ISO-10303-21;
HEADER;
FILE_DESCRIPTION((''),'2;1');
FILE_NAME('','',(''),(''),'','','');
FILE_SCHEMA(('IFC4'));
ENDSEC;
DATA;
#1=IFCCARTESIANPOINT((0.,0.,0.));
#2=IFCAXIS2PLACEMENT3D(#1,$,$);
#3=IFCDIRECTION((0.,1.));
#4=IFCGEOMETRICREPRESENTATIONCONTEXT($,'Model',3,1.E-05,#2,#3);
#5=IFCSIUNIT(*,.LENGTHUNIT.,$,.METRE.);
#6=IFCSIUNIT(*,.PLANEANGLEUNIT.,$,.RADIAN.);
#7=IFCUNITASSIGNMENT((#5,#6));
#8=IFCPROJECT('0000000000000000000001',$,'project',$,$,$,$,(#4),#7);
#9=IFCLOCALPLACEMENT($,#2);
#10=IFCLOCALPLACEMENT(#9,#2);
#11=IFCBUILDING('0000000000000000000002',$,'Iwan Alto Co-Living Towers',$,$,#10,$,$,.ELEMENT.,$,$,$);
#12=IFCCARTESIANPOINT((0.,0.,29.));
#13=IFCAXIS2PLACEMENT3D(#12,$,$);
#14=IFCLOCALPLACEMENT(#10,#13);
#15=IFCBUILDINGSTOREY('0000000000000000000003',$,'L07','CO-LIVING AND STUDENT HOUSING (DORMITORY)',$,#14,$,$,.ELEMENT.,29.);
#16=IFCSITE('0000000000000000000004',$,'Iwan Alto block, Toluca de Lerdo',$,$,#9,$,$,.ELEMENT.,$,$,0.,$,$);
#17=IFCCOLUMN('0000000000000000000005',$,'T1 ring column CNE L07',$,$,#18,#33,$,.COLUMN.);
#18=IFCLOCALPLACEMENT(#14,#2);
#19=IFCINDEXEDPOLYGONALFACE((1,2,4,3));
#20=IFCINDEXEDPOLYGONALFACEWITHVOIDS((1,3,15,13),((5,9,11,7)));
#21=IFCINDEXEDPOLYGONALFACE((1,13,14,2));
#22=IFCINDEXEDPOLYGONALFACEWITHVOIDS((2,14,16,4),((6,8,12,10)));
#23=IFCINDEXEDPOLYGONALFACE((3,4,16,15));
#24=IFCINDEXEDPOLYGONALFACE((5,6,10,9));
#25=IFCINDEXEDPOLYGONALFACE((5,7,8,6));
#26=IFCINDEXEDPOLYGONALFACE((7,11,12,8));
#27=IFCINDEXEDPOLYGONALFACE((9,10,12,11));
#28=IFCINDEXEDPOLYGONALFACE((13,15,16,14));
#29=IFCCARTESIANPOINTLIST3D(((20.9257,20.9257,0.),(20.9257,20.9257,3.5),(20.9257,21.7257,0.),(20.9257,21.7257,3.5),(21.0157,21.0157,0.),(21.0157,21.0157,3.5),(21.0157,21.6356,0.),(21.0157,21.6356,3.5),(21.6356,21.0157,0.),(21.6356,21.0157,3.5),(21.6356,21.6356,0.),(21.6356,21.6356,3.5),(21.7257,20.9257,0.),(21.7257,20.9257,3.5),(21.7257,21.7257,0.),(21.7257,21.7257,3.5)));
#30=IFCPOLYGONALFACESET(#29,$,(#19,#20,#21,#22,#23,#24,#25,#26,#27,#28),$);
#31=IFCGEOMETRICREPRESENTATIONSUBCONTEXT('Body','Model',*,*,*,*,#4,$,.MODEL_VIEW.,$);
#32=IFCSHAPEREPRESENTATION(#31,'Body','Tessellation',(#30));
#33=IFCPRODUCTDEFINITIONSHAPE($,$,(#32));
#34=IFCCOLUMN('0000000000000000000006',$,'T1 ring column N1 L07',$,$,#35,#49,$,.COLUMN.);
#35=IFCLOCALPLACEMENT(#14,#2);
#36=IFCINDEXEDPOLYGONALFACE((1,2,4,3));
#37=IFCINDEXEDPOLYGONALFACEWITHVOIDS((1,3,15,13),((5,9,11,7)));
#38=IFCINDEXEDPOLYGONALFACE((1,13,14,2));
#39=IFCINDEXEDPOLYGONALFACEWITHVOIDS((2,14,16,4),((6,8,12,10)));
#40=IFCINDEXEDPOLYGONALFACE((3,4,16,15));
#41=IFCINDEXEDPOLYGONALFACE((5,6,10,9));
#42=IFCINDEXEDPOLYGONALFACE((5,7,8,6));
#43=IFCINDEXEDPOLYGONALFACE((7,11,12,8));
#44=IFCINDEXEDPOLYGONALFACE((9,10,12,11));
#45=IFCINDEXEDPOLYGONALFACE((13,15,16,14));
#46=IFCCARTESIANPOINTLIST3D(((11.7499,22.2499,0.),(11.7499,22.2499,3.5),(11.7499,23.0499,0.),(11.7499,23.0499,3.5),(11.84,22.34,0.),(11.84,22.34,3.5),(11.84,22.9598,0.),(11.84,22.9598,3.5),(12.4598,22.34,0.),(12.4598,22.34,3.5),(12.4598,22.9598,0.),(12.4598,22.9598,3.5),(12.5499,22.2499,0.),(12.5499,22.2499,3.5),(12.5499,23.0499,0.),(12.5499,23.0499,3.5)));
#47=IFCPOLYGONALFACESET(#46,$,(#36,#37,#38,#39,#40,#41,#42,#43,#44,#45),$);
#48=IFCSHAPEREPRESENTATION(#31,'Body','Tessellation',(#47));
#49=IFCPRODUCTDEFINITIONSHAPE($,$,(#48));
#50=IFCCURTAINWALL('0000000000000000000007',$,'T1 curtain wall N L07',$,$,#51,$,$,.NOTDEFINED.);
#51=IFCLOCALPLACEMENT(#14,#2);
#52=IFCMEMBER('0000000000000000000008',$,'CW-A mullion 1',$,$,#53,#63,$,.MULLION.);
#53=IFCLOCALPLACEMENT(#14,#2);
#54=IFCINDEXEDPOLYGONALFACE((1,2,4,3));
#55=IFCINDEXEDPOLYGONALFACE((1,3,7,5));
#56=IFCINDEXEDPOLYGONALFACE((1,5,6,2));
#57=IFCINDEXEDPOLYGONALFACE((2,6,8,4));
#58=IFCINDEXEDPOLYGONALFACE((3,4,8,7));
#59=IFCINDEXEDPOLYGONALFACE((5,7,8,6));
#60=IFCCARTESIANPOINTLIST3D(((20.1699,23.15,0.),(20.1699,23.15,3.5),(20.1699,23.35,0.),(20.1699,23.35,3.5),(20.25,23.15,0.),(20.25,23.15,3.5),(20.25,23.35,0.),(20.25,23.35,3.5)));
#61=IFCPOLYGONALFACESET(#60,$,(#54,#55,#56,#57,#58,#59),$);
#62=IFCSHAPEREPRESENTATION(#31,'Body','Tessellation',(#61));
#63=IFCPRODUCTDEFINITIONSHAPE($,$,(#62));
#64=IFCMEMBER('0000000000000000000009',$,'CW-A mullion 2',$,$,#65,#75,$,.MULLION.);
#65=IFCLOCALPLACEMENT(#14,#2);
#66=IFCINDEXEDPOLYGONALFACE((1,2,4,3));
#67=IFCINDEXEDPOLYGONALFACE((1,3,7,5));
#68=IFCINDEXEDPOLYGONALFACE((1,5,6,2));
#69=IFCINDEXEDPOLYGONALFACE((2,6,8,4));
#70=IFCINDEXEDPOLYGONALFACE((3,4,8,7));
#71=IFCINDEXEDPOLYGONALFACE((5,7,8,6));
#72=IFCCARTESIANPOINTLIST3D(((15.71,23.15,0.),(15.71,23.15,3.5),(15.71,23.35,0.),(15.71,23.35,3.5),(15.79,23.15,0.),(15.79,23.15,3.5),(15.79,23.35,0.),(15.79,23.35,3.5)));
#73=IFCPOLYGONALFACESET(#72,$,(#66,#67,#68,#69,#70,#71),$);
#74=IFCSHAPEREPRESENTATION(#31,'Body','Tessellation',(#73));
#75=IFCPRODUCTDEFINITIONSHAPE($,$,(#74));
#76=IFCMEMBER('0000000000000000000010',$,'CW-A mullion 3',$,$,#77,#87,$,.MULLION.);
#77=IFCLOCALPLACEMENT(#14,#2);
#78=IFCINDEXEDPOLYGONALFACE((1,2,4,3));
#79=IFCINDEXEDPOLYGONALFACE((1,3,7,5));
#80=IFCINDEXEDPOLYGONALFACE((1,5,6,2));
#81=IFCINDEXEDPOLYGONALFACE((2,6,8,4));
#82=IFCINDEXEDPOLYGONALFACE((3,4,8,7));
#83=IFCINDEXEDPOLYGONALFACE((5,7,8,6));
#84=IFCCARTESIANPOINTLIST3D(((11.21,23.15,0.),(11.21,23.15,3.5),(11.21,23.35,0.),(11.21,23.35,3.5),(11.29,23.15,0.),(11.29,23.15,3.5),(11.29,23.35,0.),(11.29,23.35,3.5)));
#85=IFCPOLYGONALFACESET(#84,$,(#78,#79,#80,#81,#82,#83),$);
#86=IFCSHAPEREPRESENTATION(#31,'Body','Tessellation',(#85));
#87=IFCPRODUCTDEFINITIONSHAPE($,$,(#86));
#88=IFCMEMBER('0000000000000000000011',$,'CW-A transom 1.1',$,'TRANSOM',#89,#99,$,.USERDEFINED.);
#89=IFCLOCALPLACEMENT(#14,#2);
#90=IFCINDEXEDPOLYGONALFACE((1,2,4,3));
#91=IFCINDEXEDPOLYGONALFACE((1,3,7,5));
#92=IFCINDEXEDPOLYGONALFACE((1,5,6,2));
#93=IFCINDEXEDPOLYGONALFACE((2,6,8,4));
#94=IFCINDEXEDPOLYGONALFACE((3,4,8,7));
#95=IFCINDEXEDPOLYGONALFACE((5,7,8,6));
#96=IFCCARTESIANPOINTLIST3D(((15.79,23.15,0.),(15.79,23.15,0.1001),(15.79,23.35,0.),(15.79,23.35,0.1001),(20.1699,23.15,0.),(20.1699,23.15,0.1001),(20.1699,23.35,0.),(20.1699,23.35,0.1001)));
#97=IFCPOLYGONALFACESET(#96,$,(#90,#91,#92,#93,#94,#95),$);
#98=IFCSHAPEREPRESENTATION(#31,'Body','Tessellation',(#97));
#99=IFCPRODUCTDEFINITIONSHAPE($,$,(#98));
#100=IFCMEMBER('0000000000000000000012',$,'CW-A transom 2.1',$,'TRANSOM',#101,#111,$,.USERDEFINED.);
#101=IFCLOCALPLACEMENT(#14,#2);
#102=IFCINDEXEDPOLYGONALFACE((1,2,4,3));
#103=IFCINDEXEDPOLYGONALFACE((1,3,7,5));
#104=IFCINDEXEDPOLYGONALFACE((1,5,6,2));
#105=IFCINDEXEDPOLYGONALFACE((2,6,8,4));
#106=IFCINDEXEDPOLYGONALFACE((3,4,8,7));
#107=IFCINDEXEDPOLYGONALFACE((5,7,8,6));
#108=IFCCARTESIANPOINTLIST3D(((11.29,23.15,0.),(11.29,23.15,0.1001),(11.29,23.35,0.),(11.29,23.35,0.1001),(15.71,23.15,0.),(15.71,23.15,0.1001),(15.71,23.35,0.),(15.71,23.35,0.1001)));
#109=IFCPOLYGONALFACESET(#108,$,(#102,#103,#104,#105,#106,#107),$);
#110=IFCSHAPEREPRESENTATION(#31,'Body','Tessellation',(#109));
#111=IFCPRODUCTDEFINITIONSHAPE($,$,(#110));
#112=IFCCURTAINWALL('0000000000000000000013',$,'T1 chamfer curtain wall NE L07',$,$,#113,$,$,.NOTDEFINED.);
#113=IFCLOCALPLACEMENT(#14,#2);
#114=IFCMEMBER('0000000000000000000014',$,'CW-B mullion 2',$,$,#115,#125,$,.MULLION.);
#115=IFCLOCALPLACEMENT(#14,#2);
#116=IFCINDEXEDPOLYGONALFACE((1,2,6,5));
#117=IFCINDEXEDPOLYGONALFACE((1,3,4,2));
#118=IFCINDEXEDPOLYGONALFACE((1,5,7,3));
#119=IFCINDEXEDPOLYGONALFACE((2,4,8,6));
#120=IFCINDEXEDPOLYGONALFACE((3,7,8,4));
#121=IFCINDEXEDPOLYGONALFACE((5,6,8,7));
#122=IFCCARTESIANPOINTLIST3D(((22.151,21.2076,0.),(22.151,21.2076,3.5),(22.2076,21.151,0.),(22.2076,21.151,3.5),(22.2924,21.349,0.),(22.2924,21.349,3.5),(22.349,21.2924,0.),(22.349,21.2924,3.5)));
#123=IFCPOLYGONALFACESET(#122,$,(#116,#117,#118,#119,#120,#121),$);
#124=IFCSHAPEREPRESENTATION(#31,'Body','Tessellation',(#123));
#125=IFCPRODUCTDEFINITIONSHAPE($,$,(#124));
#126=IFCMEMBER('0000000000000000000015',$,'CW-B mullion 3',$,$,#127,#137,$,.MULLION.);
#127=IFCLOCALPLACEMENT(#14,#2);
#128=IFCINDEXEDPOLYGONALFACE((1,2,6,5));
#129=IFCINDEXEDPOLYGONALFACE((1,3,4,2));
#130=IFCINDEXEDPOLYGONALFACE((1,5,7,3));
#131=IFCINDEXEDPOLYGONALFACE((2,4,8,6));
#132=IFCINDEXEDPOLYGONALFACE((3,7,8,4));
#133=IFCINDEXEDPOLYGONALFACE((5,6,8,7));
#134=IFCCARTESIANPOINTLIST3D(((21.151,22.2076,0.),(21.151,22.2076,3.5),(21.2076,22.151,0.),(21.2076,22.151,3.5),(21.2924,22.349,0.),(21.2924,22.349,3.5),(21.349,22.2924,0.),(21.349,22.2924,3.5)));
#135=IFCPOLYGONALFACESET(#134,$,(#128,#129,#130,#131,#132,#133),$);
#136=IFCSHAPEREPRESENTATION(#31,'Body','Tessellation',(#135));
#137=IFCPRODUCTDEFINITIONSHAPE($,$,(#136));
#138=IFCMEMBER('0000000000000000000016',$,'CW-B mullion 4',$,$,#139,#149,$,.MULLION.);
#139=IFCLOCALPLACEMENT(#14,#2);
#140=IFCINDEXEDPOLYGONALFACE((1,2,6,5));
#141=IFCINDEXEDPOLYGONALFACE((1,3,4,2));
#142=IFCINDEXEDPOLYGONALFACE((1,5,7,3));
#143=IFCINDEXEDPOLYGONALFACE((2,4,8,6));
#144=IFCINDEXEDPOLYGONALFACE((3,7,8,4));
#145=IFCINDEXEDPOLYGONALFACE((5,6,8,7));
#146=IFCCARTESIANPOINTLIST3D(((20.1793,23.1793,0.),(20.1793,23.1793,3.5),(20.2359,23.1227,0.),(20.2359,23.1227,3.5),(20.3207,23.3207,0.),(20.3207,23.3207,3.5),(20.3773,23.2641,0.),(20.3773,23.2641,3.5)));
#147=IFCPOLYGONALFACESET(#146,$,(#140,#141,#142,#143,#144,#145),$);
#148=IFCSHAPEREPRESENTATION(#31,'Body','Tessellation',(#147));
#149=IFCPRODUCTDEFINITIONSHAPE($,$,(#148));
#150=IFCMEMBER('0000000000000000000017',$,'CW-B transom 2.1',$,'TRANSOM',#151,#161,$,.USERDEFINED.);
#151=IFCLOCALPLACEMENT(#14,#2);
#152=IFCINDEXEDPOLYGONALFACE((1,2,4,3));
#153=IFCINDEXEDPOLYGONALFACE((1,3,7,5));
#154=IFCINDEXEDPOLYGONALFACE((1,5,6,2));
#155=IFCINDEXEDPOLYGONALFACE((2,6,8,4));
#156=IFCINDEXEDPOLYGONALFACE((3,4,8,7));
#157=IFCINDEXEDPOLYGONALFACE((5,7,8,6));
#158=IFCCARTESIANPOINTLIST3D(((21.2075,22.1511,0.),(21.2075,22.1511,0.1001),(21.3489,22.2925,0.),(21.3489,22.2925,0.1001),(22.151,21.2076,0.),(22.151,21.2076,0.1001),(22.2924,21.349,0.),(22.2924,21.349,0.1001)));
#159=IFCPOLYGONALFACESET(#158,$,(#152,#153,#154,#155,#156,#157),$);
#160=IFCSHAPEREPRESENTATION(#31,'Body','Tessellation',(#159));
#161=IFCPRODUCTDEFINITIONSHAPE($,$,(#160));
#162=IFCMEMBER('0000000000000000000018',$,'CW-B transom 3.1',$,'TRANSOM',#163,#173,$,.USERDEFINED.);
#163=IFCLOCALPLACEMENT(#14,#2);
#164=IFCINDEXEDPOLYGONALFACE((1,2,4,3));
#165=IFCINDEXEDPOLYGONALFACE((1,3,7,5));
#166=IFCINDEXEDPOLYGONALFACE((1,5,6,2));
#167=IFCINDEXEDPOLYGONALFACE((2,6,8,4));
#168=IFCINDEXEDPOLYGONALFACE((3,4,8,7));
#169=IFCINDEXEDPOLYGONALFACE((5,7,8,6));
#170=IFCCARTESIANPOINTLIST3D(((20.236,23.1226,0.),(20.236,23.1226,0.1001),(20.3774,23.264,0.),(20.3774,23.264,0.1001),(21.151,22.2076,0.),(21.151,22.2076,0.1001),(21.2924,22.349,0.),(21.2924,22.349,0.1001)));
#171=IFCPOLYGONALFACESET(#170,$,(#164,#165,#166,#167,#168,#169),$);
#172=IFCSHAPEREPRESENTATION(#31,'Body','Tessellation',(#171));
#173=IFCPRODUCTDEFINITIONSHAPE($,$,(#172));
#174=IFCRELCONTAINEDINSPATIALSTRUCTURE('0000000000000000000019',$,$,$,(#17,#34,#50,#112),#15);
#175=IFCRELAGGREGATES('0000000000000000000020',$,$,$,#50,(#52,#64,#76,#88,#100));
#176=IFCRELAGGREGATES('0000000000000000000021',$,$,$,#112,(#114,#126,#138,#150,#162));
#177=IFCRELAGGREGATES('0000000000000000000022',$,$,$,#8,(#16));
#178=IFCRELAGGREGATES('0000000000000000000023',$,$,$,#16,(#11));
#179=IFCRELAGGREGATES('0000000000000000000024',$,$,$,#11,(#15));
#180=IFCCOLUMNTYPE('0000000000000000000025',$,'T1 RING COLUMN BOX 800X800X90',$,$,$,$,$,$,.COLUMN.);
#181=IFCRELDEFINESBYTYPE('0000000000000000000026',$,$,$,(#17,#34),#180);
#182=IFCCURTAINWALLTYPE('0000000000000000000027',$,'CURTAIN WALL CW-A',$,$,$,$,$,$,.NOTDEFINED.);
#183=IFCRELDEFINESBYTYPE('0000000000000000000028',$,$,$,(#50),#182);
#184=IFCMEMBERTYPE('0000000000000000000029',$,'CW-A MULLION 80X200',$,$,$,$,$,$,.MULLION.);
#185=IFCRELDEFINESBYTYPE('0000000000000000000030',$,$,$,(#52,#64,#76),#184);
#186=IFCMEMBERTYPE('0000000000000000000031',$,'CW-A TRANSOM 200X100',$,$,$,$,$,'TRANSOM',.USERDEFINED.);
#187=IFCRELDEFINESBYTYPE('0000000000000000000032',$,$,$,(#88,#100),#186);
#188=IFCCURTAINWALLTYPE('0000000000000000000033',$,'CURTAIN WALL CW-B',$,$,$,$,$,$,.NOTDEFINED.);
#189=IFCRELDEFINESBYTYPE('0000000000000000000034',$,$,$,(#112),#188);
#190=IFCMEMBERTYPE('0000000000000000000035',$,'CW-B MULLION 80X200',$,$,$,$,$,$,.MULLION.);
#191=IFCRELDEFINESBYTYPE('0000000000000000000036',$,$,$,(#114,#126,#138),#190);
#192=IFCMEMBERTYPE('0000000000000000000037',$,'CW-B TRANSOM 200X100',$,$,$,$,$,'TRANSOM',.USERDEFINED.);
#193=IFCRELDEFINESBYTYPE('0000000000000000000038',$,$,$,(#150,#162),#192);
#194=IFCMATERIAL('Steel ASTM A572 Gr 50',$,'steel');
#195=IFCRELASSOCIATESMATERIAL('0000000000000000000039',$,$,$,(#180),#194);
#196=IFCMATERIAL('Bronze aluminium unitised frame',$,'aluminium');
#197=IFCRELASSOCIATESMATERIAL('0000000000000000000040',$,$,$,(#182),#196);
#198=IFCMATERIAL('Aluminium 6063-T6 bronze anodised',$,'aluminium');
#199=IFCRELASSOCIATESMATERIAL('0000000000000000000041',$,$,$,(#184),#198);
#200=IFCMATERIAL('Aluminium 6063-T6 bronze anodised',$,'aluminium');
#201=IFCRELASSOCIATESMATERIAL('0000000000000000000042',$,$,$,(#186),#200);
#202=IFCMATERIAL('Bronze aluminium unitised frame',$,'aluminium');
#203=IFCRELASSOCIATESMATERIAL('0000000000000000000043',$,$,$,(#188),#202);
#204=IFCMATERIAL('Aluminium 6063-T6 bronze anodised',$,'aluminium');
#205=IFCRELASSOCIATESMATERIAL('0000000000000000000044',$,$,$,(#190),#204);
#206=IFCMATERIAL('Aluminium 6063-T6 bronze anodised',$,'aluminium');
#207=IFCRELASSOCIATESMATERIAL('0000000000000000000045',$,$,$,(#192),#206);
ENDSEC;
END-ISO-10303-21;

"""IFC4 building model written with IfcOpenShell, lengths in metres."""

from ifc_helpers import new_model, si_unit, direction, frame, origin, origin_2d, place, context, subcontext, project, spatial, rectangle, hollow_rectangle, extrude, material, material_profile, profile_set, type_object, element, aggregate, save


model = new_model("IFC4")

# Units and contexts
model_context = context("Model", 3, precision=1e-05, world=origin(), true_north=direction((0.0, 1.0)))
body_context = subcontext(model_context, "Body", "Model", "MODEL_VIEW")
ifc_project = project(units=[si_unit("LENGTHUNIT", "METRE"), si_unit("PLANEANGLEUNIT", "RADIAN")], contexts=[model_context])

# Site, building, storey
site_placement = place(None, origin())
site = spatial("IfcSite", under=ifc_project, at=site_placement, Name="Iwan Alto block, Toluca de Lerdo", CompositionType="ELEMENT", RefElevation=0.0)
building_placement = place(site_placement, origin())
building = spatial("IfcBuilding", under=site, at=building_placement, Name="Iwan Alto Co-Living Towers", CompositionType="ELEMENT")
storey_placement = place(building_placement, frame((0.0, 0.0, 29.0)))
storey = spatial("IfcBuildingStorey", under=building, at=storey_placement, Name="L07", Description="CO-LIVING AND STUDENT HOUSING (DORMITORY)", CompositionType="ELEMENT", Elevation=29.0)

# Columns
ifc_material_1 = material(Name="Steel ASTM A572 Gr 50", Category="steel")
ifc_material_profile_1 = material_profile(ifc_material_1, hollow_rectangle(XDim=0.8, YDim=0.8, WallThickness=0.0901, at=origin_2d()), Name="BOX 800X800X90")
ifc_profile_set_1 = profile_set([ifc_material_profile_1], Name="Steel ASTM A572 Gr 50")
column_type = type_object("IfcColumnType", Name="T1 RING COLUMN BOX 800X800X90", PredefinedType="COLUMN", material=ifc_profile_set_1)
for number, where, z_axis, x_axis, name in (
    (1, (21.3257, 21.3257, 0.0), (0.0, 0.0, 1.0), (1.0, 0.0, 0.0), "T1 ring column CNE L07"),
    (2, (12.1499, 22.6499, 0.0), (0.0, 0.0, 1.0), (1.0, 0.0, 0.0), "T1 ring column N1 L07"),
):
    element("IfcColumn", number, at=place(storey_placement, frame(where, z_axis=z_axis, x_axis=x_axis)), inside=storey, type_object=column_type, Name=name, PredefinedType="COLUMN", context=body_context, shape_type="SweptSolid", body=[
        extrude(hollow_rectangle(XDim=0.8, YDim=0.8, WallThickness=0.0901, at=origin_2d()), origin(), (0.0, 0.0, 1.0), 3.5),
    ])

# Curtain walls, members
ifc_material_2 = material(Name="Bronze aluminium unitised frame", Category="aluminium")
curtain_wall_type_1 = type_object("IfcCurtainWallType", Name="CURTAIN WALL CW-A", PredefinedType="NOTDEFINED", material=ifc_material_2)
curtain_wall_1_placement = place(storey_placement, origin())
curtain_wall_1 = element("IfcCurtainWall", 3, at=curtain_wall_1_placement, inside=storey, type_object=curtain_wall_type_1, Name="T1 curtain wall N L07", PredefinedType="NOTDEFINED")
ifc_material_3 = material(Name="Aluminium 6063-T6 bronze anodised", Category="aluminium")
ifc_material_profile_2 = material_profile(ifc_material_3, rectangle(XDim=0.2, YDim=0.0801, at=origin_2d()), Name="AL 80X200")
ifc_profile_set_2 = profile_set([ifc_material_profile_2], Name="Aluminium 6063-T6 bronze anodised")
member_type_1 = type_object("IfcMemberType", Name="CW-A MULLION 80X200", PredefinedType="MULLION", material=ifc_profile_set_2)
member_1_placement = place(storey_placement, frame((20.21, 23.25, 0.0), z_axis=(0.0, 0.0, 1.0), x_axis=(0.0, -1.0, 0.0)))
member_1 = element("IfcMember", 4, at=member_1_placement, type_object=member_type_1, Name="CW-A mullion 1", PredefinedType="MULLION", context=body_context, shape_type="SweptSolid", body=[
    extrude(rectangle(XDim=0.2, YDim=0.0801, at=origin_2d()), origin(), (0.0, 0.0, 1.0), 3.5),
])
member_2_placement = place(storey_placement, frame((15.75, 23.25, 0.0), z_axis=(0.0, 0.0, 1.0), x_axis=(0.0, -1.0, 0.0)))
member_2 = element("IfcMember", 5, at=member_2_placement, type_object=member_type_1, Name="CW-A mullion 2", PredefinedType="MULLION", context=body_context, shape_type="SweptSolid", body=[
    extrude(rectangle(XDim=0.2, YDim=0.0801, at=origin_2d()), origin(), (0.0, 0.0, 1.0), 3.5),
])
member_3_placement = place(storey_placement, frame((11.25, 23.25, 0.0), z_axis=(0.0, 0.0, 1.0), x_axis=(0.0, -1.0, 0.0)))
member_3 = element("IfcMember", 6, at=member_3_placement, type_object=member_type_1, Name="CW-A mullion 3", PredefinedType="MULLION", context=body_context, shape_type="SweptSolid", body=[
    extrude(rectangle(XDim=0.2, YDim=0.0801, at=origin_2d()), origin(), (0.0, 0.0, 1.0), 3.5),
])
ifc_material_4 = material(Name="Aluminium 6063-T6 bronze anodised", Category="aluminium")
ifc_material_profile_3 = material_profile(ifc_material_4, rectangle(XDim=0.2, YDim=0.1001, at=origin_2d()), Name="AL 200X100")
ifc_profile_set_3 = profile_set([ifc_material_profile_3], Name="Aluminium 6063-T6 bronze anodised")
member_type_2 = type_object("IfcMemberType", Name="CW-A TRANSOM 200X100", ElementType="TRANSOM", PredefinedType="USERDEFINED", material=ifc_profile_set_3)
member_4_placement = place(storey_placement, frame((20.1699, 23.25, 0.05), z_axis=(-1.0, 0.0, 0.0), x_axis=(0.0, -1.0, 0.0)))
member_4 = element("IfcMember", 7, at=member_4_placement, type_object=member_type_2, Name="CW-A transom 1.1", ObjectType="TRANSOM", PredefinedType="USERDEFINED", context=body_context, shape_type="SweptSolid", body=[
    extrude(rectangle(XDim=0.2, YDim=0.1001, at=origin_2d()), origin(), (0.0, 0.0, 1.0), 4.3799),
])
member_5_placement = place(storey_placement, frame((15.71, 23.25, 0.05), z_axis=(-1.0, 0.0, 0.0), x_axis=(0.0, -1.0, 0.0)))
member_5 = element("IfcMember", 8, at=member_5_placement, type_object=member_type_2, Name="CW-A transom 2.1", ObjectType="TRANSOM", PredefinedType="USERDEFINED", context=body_context, shape_type="SweptSolid", body=[
    extrude(rectangle(XDim=0.2, YDim=0.1001, at=origin_2d()), origin(), (0.0, 0.0, 1.0), 4.4199),
])
ifc_material_5 = material(Name="Bronze aluminium unitised frame", Category="aluminium")
curtain_wall_type_2 = type_object("IfcCurtainWallType", Name="CURTAIN WALL CW-B", PredefinedType="NOTDEFINED", material=ifc_material_5)
curtain_wall_2_placement = place(storey_placement, origin())
curtain_wall_2 = element("IfcCurtainWall", 9, at=curtain_wall_2_placement, inside=storey, type_object=curtain_wall_type_2, Name="T1 chamfer curtain wall NE L07", PredefinedType="NOTDEFINED")
ifc_material_6 = material(Name="Aluminium 6063-T6 bronze anodised", Category="aluminium")
ifc_material_profile_4 = material_profile(ifc_material_6, rectangle(XDim=0.2, YDim=0.0801, at=origin_2d()), Name="AL 80X200")
ifc_profile_set_4 = profile_set([ifc_material_profile_4], Name="Aluminium 6063-T6 bronze anodised")
member_type_3 = type_object("IfcMemberType", Name="CW-B MULLION 80X200", PredefinedType="MULLION", material=ifc_profile_set_4)
member_6_placement = place(storey_placement, frame((22.25, 21.25, 0.0), z_axis=(0.0, 0.0, 1.0), x_axis=(-0.707107, -0.707107, 0.0)))
member_6 = element("IfcMember", 10, at=member_6_placement, type_object=member_type_3, Name="CW-B mullion 2", PredefinedType="MULLION", context=body_context, shape_type="SweptSolid", body=[
    extrude(rectangle(XDim=0.2, YDim=0.0801, at=origin_2d()), origin(), (0.0, 0.0, 1.0), 3.5),
])
member_7_placement = place(storey_placement, frame((21.25, 22.25, 0.0), z_axis=(0.0, 0.0, 1.0), x_axis=(-0.707107, -0.707107, 0.0)))
member_7 = element("IfcMember", 11, at=member_7_placement, type_object=member_type_3, Name="CW-B mullion 3", PredefinedType="MULLION", context=body_context, shape_type="SweptSolid", body=[
    extrude(rectangle(XDim=0.2, YDim=0.0801, at=origin_2d()), origin(), (0.0, 0.0, 1.0), 3.5),
])
member_8_placement = place(storey_placement, frame((20.2783, 23.2217, 0.0), z_axis=(0.0, 0.0, 1.0), x_axis=(-0.707107, -0.707107, 0.0)))
member_8 = element("IfcMember", 12, at=member_8_placement, type_object=member_type_3, Name="CW-B mullion 4", PredefinedType="MULLION", context=body_context, shape_type="SweptSolid", body=[
    extrude(rectangle(XDim=0.2, YDim=0.0801, at=origin_2d()), origin(), (0.0, 0.0, 1.0), 3.5),
])
ifc_material_7 = material(Name="Aluminium 6063-T6 bronze anodised", Category="aluminium")
ifc_material_profile_5 = material_profile(ifc_material_7, rectangle(XDim=0.2, YDim=0.1001, at=origin_2d()), Name="AL 200X100")
ifc_profile_set_5 = profile_set([ifc_material_profile_5], Name="Aluminium 6063-T6 bronze anodised")
member_type_4 = type_object("IfcMemberType", Name="CW-B TRANSOM 200X100", ElementType="TRANSOM", PredefinedType="USERDEFINED", material=ifc_profile_set_5)
member_9_placement = place(storey_placement, frame((22.2217, 21.2783, 0.05), z_axis=(-0.707107, 0.707107, 0.0), x_axis=(-0.707107, -0.707107, 0.0)))
member_9 = element("IfcMember", 13, at=member_9_placement, type_object=member_type_4, Name="CW-B transom 2.1", ObjectType="TRANSOM", PredefinedType="USERDEFINED", context=body_context, shape_type="SweptSolid", body=[
    extrude(rectangle(XDim=0.2, YDim=0.1001, at=origin_2d()), origin(), (0.0, 0.0, 1.0), 1.3342),
])
member_10_placement = place(storey_placement, frame((21.2217, 22.2783, 0.05), z_axis=(-0.707107, 0.707107, 0.0), x_axis=(-0.707107, -0.707107, 0.0)))
member_10 = element("IfcMember", 14, at=member_10_placement, type_object=member_type_4, Name="CW-B transom 3.1", ObjectType="TRANSOM", PredefinedType="USERDEFINED", context=body_context, shape_type="SweptSolid", body=[
    extrude(rectangle(XDim=0.2, YDim=0.1001, at=origin_2d()), origin(), (0.0, 0.0, 1.0), 1.2939),
])

aggregate(curtain_wall_1, [member_1, member_2, member_3, member_4, member_5])
aggregate(curtain_wall_2, [member_6, member_7, member_8, member_9, member_10])

save(model, "model.ifc")
